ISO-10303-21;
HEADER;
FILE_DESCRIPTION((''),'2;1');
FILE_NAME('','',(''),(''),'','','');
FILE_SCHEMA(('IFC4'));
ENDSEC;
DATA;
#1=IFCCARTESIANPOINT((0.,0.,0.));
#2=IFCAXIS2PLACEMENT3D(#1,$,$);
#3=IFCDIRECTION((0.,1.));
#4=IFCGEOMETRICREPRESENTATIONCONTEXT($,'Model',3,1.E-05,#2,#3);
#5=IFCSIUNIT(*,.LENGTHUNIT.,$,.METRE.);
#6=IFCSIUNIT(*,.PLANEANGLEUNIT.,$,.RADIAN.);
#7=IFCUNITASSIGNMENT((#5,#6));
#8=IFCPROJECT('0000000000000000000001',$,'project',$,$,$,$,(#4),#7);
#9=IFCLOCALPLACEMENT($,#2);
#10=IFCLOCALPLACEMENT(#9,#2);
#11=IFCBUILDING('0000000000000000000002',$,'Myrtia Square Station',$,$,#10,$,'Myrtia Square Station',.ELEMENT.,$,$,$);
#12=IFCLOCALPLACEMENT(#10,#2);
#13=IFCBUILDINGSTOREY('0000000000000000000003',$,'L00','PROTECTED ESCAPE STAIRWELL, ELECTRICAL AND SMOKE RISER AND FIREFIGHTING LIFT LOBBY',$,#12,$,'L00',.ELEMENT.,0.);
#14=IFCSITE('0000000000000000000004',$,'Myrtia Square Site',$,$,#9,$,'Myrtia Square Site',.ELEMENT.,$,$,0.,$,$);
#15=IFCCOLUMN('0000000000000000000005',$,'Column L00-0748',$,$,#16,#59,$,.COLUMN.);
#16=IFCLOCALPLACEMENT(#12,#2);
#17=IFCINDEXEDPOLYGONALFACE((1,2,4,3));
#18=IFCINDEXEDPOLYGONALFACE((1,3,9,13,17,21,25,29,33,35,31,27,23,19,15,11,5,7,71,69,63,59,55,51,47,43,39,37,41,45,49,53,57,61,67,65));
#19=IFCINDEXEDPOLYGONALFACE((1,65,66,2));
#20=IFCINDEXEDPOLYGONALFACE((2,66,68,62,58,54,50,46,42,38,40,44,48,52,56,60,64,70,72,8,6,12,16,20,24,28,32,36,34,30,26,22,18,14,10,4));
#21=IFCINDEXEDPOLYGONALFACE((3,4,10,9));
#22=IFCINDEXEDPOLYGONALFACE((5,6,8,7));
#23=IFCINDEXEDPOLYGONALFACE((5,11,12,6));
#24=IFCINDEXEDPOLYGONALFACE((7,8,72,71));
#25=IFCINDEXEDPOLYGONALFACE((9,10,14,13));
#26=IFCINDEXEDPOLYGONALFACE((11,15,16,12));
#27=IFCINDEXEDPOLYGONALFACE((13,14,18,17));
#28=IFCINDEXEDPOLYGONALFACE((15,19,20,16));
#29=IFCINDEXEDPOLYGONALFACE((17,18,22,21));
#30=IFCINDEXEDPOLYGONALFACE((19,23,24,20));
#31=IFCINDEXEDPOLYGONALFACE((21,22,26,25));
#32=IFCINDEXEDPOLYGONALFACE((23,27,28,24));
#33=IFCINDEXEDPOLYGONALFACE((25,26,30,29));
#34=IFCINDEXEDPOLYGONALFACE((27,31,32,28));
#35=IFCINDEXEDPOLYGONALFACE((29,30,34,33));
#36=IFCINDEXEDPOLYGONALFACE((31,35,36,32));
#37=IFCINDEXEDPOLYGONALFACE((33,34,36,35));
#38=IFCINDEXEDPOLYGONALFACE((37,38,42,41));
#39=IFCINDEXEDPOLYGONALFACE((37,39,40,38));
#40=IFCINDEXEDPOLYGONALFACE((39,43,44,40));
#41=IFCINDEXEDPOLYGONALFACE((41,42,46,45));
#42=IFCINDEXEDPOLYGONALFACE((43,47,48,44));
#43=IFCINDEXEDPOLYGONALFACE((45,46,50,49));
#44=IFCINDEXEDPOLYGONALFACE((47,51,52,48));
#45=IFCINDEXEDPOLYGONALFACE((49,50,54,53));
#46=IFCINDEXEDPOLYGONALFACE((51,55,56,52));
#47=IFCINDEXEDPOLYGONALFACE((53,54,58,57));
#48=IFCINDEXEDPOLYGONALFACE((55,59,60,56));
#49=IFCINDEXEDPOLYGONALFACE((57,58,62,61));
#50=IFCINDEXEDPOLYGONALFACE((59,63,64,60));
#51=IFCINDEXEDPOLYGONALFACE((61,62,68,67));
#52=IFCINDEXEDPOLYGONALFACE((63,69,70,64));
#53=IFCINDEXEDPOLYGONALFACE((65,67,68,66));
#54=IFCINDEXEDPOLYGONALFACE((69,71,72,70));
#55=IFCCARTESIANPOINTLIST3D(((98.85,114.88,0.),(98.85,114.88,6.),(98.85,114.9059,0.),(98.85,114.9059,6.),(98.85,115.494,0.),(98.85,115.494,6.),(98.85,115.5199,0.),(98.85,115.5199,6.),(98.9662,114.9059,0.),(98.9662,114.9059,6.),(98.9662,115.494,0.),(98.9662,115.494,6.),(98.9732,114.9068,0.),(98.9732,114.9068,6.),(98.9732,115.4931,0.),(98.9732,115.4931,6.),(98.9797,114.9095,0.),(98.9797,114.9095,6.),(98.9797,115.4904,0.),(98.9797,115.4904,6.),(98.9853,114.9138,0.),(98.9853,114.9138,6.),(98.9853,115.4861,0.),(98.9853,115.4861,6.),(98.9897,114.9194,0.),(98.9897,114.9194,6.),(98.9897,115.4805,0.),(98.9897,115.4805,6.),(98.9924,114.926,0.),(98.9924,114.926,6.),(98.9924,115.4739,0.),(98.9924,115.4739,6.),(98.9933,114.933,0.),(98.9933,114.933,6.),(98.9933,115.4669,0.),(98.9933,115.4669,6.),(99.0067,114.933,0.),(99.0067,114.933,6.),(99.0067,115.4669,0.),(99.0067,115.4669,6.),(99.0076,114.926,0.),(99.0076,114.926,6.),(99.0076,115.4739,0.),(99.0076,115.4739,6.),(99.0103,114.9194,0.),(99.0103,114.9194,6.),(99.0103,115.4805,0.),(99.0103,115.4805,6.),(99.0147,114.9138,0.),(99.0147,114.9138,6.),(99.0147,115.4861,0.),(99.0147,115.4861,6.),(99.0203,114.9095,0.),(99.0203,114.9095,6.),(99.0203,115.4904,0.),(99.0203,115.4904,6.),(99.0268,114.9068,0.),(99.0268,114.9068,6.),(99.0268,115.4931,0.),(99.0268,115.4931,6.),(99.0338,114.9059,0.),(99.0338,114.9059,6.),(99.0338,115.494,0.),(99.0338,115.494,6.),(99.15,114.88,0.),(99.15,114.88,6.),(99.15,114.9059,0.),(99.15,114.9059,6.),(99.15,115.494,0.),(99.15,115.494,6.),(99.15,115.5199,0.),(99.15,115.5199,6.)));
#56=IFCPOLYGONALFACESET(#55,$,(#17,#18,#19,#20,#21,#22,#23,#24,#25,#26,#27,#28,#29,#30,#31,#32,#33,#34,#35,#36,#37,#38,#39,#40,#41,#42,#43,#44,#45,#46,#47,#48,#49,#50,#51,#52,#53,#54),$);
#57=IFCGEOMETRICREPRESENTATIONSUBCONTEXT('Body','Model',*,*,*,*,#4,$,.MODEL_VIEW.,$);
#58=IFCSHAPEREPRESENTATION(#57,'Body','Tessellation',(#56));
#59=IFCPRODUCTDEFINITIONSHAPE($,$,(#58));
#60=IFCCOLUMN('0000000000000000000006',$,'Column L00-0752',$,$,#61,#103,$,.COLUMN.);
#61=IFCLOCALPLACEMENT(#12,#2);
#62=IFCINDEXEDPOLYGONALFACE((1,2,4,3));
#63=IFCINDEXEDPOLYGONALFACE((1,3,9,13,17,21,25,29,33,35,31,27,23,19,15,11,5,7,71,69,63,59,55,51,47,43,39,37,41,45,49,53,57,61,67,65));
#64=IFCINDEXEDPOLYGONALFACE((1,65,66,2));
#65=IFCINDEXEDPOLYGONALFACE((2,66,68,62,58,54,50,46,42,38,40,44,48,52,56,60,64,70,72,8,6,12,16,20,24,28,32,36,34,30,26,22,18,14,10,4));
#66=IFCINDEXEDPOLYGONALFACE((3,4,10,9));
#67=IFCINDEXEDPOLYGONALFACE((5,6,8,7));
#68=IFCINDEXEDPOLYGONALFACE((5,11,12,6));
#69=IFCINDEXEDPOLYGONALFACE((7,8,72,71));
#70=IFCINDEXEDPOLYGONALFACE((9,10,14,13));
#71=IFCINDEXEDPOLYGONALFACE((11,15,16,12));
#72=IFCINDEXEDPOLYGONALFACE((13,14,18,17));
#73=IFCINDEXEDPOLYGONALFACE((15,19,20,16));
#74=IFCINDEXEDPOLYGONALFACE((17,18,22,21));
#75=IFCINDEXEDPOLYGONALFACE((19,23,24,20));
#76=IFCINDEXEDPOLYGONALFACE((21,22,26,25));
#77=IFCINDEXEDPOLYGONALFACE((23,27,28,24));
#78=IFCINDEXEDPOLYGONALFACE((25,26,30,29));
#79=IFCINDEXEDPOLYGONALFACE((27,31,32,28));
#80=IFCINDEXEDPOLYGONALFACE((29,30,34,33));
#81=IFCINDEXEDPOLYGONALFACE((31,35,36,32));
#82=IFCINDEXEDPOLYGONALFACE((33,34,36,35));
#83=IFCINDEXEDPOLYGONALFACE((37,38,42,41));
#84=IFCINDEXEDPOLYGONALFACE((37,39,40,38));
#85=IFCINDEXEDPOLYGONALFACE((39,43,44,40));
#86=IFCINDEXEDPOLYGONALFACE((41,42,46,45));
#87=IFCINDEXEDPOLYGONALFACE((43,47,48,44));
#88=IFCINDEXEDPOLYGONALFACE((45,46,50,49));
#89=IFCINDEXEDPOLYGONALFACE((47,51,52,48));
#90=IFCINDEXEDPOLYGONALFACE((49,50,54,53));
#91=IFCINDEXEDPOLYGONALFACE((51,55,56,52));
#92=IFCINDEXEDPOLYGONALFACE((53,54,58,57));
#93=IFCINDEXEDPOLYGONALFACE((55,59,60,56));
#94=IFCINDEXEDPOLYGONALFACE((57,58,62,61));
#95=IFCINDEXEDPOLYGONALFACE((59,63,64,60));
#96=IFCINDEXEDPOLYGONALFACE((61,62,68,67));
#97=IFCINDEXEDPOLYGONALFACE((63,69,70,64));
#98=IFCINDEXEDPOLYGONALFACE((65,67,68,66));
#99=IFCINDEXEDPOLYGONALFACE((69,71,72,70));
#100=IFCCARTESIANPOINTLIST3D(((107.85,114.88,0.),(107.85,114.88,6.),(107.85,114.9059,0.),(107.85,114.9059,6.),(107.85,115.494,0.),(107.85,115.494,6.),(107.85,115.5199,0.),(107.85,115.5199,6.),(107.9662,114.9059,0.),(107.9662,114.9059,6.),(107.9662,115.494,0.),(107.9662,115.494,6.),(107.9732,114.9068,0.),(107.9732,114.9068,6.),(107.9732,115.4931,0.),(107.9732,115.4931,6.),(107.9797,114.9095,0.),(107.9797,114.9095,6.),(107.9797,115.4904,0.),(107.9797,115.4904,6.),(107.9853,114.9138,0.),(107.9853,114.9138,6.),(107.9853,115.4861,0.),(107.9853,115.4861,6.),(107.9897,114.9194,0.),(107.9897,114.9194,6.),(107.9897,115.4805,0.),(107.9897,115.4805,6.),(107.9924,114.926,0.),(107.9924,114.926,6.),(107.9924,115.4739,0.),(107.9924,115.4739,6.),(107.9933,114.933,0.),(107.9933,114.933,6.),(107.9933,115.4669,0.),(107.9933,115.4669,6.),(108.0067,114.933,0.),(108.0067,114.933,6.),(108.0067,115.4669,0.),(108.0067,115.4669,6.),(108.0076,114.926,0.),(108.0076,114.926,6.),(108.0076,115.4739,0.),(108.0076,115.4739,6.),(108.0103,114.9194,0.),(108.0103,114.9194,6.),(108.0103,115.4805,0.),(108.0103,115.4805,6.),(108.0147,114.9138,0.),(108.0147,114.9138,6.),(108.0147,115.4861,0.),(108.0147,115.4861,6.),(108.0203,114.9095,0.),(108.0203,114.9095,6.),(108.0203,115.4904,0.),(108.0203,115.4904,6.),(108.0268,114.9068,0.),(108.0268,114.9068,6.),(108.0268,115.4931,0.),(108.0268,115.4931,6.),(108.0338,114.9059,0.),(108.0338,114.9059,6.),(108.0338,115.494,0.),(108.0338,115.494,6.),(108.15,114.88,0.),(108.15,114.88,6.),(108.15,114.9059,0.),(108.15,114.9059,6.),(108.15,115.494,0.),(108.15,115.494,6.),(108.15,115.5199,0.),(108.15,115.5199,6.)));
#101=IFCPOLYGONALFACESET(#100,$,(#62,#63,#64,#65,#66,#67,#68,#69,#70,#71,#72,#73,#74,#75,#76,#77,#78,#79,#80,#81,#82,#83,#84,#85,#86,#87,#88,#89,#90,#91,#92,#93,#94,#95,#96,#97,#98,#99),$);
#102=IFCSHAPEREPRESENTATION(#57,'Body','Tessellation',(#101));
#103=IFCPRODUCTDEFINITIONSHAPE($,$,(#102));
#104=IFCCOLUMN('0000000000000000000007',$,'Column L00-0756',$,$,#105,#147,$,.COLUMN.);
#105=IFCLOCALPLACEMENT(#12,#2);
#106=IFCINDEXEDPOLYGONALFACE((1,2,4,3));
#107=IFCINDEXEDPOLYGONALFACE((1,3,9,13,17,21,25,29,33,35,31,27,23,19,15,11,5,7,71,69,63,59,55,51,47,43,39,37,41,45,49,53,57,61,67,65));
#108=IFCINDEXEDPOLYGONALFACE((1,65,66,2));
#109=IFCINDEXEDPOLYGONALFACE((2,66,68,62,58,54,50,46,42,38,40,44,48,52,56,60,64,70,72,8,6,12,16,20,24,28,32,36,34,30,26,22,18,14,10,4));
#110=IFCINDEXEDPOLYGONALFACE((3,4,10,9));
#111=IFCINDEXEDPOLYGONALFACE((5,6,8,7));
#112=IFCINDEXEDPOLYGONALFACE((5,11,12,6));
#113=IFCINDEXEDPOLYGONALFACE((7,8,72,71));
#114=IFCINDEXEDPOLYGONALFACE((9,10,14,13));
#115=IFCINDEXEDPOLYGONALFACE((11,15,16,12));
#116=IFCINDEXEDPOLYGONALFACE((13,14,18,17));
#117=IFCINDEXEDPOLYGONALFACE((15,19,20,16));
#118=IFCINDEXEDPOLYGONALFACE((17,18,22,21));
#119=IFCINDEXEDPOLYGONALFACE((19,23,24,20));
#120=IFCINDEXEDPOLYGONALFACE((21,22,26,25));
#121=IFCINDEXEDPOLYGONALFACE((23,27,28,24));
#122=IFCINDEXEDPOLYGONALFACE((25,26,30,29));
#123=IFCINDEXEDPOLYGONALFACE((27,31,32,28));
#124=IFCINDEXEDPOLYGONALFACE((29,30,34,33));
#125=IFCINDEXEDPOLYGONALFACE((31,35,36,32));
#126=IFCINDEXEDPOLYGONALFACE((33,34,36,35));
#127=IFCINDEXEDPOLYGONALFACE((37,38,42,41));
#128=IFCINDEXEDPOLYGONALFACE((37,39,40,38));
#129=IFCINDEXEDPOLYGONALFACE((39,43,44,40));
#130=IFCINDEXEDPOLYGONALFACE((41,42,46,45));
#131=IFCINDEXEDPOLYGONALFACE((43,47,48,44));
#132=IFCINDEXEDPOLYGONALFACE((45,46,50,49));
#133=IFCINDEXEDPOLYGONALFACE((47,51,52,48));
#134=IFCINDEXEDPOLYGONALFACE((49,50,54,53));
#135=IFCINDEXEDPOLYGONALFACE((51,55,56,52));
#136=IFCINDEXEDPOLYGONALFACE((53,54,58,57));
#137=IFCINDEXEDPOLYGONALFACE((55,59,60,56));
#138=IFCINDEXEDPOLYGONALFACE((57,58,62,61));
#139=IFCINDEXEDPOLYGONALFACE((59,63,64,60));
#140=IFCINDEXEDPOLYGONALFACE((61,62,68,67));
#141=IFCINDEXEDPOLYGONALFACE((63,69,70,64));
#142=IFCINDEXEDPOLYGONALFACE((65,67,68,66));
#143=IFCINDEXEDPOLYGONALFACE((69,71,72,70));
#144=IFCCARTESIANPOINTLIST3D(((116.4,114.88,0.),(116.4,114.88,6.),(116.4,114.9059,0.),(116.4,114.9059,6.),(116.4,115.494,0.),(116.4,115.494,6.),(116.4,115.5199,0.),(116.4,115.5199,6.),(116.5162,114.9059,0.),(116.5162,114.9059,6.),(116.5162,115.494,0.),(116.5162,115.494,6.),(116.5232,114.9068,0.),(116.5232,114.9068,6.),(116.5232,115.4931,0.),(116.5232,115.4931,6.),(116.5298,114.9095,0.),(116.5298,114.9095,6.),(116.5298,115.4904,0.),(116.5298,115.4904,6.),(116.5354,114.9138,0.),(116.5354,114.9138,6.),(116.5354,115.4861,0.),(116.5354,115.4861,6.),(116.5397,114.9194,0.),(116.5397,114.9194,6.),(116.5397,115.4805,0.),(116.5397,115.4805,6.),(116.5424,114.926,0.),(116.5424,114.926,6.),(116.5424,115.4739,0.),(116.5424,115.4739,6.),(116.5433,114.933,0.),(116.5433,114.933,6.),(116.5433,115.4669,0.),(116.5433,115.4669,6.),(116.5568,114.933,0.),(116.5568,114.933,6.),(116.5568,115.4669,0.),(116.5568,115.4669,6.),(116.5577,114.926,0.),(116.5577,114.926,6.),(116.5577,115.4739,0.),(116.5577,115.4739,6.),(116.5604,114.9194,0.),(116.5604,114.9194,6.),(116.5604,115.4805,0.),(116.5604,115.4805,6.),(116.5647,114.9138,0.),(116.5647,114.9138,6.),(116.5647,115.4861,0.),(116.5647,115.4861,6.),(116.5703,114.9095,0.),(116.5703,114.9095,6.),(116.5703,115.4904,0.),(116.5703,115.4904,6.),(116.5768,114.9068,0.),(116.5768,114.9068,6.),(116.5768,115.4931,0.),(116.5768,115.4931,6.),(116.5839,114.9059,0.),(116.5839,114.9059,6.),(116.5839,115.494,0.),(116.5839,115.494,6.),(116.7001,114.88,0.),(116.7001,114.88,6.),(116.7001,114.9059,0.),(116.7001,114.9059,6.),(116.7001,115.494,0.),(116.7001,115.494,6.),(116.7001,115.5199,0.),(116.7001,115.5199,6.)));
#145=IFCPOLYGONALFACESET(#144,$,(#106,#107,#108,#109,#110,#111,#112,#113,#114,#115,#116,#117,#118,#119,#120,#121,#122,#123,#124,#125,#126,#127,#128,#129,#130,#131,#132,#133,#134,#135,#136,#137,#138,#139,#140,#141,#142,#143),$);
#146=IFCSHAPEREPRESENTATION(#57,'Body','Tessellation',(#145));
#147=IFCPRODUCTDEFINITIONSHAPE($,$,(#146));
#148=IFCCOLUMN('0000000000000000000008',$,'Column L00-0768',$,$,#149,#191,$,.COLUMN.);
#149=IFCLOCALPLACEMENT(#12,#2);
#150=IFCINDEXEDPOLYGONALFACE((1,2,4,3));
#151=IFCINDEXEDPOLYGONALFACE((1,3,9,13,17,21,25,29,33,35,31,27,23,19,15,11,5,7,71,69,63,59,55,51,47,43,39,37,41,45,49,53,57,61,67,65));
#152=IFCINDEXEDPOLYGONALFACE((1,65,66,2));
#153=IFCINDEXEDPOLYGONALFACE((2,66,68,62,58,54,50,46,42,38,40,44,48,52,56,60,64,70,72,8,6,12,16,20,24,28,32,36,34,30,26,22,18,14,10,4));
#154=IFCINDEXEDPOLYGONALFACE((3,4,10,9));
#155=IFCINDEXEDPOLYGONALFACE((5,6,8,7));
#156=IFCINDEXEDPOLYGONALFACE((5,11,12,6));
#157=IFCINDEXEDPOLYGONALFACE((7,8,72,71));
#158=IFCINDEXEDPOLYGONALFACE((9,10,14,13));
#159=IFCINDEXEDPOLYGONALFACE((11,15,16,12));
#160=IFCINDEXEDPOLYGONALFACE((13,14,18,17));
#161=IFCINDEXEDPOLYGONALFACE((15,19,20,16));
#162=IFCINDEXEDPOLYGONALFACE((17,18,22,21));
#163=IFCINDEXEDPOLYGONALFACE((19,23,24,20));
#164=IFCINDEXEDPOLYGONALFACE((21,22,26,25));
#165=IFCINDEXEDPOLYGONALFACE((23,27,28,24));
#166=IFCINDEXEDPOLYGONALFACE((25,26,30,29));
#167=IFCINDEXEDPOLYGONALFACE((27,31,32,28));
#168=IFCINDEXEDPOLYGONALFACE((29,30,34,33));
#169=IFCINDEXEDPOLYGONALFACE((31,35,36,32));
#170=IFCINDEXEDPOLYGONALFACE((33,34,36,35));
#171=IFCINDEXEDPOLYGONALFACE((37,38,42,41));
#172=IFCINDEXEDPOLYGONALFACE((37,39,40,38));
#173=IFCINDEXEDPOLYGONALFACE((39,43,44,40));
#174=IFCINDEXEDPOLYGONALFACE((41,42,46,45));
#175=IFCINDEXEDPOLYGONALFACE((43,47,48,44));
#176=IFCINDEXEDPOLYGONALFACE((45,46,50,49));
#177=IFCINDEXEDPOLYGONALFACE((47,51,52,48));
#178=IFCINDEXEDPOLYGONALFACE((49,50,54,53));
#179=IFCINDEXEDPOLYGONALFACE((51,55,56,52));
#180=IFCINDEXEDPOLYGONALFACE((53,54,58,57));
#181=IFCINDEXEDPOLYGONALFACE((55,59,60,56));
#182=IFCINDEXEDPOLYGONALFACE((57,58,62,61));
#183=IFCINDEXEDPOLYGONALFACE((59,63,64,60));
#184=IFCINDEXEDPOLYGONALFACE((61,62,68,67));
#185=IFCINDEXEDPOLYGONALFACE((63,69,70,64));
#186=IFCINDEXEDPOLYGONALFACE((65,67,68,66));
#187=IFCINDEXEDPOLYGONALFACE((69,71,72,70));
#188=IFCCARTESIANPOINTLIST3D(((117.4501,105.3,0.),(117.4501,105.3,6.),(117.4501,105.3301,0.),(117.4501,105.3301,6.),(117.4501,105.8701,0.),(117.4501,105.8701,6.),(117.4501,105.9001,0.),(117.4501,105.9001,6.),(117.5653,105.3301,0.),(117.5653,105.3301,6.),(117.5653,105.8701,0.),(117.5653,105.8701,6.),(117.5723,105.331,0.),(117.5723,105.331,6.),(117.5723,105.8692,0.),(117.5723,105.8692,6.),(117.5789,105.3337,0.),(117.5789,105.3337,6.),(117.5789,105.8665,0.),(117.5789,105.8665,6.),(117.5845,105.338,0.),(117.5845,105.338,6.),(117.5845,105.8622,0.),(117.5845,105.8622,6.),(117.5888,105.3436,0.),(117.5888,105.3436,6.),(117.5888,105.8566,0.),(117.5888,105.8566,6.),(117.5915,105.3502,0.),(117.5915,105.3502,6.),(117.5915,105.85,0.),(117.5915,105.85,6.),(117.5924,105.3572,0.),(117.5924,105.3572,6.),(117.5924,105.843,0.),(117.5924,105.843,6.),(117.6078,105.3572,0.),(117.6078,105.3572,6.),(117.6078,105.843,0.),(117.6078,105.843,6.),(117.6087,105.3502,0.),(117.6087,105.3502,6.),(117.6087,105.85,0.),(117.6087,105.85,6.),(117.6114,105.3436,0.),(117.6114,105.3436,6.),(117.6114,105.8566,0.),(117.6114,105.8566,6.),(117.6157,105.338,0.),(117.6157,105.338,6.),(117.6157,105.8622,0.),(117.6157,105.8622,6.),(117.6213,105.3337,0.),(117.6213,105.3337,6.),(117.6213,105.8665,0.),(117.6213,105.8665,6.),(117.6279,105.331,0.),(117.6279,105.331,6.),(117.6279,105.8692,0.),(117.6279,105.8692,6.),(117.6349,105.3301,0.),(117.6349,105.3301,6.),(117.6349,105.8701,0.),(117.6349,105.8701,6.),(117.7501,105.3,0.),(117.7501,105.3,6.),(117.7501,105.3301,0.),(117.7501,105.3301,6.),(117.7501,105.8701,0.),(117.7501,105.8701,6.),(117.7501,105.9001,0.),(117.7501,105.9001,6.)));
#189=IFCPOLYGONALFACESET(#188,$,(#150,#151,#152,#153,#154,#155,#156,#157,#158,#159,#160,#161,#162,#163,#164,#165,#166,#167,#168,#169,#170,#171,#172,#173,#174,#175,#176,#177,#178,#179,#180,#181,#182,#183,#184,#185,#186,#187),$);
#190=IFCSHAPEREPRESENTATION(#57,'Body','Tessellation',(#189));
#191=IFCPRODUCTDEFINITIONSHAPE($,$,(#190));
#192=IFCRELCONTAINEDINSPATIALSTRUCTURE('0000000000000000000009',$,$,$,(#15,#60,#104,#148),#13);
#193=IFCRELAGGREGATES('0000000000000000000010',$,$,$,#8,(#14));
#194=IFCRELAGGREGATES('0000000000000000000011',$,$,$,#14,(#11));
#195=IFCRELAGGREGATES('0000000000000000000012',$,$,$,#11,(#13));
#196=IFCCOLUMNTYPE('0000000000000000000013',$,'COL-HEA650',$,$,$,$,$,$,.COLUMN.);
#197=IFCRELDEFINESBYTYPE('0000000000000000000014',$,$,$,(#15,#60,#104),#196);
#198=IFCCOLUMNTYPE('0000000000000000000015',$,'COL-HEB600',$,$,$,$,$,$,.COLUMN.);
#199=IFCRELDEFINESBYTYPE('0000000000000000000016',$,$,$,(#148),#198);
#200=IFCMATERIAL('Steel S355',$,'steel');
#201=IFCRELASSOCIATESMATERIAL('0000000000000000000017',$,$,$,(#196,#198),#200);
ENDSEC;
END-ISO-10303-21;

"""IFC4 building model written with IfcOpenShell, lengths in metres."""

from ifc_helpers import new_model, si_unit, direction, frame, origin, origin_2d, place, context, subcontext, project, spatial, i_section, extrude, material, material_profile, profile_set, type_object, element, save


model = new_model("IFC4")

# Units and contexts
model_context = context("Model", 3, precision=1e-05, world=origin(), true_north=direction((0.0, 1.0)))
body_context = subcontext(model_context, "Body", "Model", "MODEL_VIEW")
ifc_project = project(units=[si_unit("LENGTHUNIT", "METRE"), si_unit("PLANEANGLEUNIT", "RADIAN")], contexts=[model_context])

# Site, building, storey
site_placement = place(None, origin())
site = spatial("IfcSite", under=ifc_project, at=site_placement, Name="Myrtia Square Site", LongName="Myrtia Square Site", CompositionType="ELEMENT", RefElevation=0.0)
building_placement = place(site_placement, origin())
building = spatial("IfcBuilding", under=site, at=building_placement, Name="Myrtia Square Station", LongName="Myrtia Square Station", CompositionType="ELEMENT")
storey_placement = place(building_placement, origin())
storey = spatial("IfcBuildingStorey", under=building, at=storey_placement, Name="L00", Description="PROTECTED ESCAPE STAIRWELL, ELECTRICAL AND SMOKE RISER AND FIREFIGHTING LIFT LOBBY", LongName="L00", CompositionType="ELEMENT", Elevation=0.0)

# Columns
ifc_material_1 = material(Name="Steel S355", Category="steel")
ifc_material_profile_1 = material_profile(ifc_material_1, i_section(OverallWidth=0.3, OverallDepth=0.6399, WebThickness=0.0134, FlangeThickness=0.0259, FilletRadius=0.0271, at=origin_2d()), Name="HEA 650")
ifc_profile_set_1 = profile_set([ifc_material_profile_1], Name="Steel S355")
column_type_1 = type_object("IfcColumnType", Name="COL-HEA650", PredefinedType="COLUMN", material=ifc_profile_set_1)
for number, where, z_axis, x_axis, name in (
    (1, (99.0, 115.2, 0.0), (0.0, 0.0, 1.0), (1.0, 0.0, 0.0), "Column L00-0748"),
    (2, (108.0, 115.2, 0.0), (0.0, 0.0, 1.0), (1.0, 0.0, 0.0), "Column L00-0752"),
    (3, (116.55, 115.2, 0.0), (0.0, 0.0, 1.0), (1.0, 0.0, 0.0), "Column L00-0756"),
):
    element("IfcColumn", number, at=place(storey_placement, frame(where, z_axis=z_axis, x_axis=x_axis)), inside=storey, type_object=column_type_1, Name=name, PredefinedType="COLUMN", context=body_context, shape_type="SweptSolid", body=[
        extrude(i_section(OverallWidth=0.3, OverallDepth=0.6399, WebThickness=0.0134, FlangeThickness=0.0259, FilletRadius=0.0271, at=origin_2d()), origin(), (0.0, 0.0, 1.0), 6.0),
    ])
ifc_material_profile_2 = material_profile(ifc_material_1, i_section(OverallWidth=0.3, OverallDepth=0.6001, WebThickness=0.0154, FlangeThickness=0.03, FilletRadius=0.0271, at=origin_2d()), Name="HEB 600")
ifc_profile_set_2 = profile_set([ifc_material_profile_2], Name="Steel S355")
column_type_2 = type_object("IfcColumnType", Name="COL-HEB600", PredefinedType="COLUMN", material=ifc_profile_set_2)
for number, where, z_axis, x_axis, name in (
    (4, (117.6001, 105.6001, 0.0), (0.0, 0.0, 1.0), (1.0, 0.0, 0.0), "Column L00-0768"),
):
    element("IfcColumn", number, at=place(storey_placement, frame(where, z_axis=z_axis, x_axis=x_axis)), inside=storey, type_object=column_type_2, Name=name, PredefinedType="COLUMN", context=body_context, shape_type="SweptSolid", body=[
        extrude(i_section(OverallWidth=0.3, OverallDepth=0.6001, WebThickness=0.0154, FlangeThickness=0.03, FilletRadius=0.0271, at=origin_2d()), origin(), (0.0, 0.0, 1.0), 6.0),
    ])

save(model, "model.ifc")
